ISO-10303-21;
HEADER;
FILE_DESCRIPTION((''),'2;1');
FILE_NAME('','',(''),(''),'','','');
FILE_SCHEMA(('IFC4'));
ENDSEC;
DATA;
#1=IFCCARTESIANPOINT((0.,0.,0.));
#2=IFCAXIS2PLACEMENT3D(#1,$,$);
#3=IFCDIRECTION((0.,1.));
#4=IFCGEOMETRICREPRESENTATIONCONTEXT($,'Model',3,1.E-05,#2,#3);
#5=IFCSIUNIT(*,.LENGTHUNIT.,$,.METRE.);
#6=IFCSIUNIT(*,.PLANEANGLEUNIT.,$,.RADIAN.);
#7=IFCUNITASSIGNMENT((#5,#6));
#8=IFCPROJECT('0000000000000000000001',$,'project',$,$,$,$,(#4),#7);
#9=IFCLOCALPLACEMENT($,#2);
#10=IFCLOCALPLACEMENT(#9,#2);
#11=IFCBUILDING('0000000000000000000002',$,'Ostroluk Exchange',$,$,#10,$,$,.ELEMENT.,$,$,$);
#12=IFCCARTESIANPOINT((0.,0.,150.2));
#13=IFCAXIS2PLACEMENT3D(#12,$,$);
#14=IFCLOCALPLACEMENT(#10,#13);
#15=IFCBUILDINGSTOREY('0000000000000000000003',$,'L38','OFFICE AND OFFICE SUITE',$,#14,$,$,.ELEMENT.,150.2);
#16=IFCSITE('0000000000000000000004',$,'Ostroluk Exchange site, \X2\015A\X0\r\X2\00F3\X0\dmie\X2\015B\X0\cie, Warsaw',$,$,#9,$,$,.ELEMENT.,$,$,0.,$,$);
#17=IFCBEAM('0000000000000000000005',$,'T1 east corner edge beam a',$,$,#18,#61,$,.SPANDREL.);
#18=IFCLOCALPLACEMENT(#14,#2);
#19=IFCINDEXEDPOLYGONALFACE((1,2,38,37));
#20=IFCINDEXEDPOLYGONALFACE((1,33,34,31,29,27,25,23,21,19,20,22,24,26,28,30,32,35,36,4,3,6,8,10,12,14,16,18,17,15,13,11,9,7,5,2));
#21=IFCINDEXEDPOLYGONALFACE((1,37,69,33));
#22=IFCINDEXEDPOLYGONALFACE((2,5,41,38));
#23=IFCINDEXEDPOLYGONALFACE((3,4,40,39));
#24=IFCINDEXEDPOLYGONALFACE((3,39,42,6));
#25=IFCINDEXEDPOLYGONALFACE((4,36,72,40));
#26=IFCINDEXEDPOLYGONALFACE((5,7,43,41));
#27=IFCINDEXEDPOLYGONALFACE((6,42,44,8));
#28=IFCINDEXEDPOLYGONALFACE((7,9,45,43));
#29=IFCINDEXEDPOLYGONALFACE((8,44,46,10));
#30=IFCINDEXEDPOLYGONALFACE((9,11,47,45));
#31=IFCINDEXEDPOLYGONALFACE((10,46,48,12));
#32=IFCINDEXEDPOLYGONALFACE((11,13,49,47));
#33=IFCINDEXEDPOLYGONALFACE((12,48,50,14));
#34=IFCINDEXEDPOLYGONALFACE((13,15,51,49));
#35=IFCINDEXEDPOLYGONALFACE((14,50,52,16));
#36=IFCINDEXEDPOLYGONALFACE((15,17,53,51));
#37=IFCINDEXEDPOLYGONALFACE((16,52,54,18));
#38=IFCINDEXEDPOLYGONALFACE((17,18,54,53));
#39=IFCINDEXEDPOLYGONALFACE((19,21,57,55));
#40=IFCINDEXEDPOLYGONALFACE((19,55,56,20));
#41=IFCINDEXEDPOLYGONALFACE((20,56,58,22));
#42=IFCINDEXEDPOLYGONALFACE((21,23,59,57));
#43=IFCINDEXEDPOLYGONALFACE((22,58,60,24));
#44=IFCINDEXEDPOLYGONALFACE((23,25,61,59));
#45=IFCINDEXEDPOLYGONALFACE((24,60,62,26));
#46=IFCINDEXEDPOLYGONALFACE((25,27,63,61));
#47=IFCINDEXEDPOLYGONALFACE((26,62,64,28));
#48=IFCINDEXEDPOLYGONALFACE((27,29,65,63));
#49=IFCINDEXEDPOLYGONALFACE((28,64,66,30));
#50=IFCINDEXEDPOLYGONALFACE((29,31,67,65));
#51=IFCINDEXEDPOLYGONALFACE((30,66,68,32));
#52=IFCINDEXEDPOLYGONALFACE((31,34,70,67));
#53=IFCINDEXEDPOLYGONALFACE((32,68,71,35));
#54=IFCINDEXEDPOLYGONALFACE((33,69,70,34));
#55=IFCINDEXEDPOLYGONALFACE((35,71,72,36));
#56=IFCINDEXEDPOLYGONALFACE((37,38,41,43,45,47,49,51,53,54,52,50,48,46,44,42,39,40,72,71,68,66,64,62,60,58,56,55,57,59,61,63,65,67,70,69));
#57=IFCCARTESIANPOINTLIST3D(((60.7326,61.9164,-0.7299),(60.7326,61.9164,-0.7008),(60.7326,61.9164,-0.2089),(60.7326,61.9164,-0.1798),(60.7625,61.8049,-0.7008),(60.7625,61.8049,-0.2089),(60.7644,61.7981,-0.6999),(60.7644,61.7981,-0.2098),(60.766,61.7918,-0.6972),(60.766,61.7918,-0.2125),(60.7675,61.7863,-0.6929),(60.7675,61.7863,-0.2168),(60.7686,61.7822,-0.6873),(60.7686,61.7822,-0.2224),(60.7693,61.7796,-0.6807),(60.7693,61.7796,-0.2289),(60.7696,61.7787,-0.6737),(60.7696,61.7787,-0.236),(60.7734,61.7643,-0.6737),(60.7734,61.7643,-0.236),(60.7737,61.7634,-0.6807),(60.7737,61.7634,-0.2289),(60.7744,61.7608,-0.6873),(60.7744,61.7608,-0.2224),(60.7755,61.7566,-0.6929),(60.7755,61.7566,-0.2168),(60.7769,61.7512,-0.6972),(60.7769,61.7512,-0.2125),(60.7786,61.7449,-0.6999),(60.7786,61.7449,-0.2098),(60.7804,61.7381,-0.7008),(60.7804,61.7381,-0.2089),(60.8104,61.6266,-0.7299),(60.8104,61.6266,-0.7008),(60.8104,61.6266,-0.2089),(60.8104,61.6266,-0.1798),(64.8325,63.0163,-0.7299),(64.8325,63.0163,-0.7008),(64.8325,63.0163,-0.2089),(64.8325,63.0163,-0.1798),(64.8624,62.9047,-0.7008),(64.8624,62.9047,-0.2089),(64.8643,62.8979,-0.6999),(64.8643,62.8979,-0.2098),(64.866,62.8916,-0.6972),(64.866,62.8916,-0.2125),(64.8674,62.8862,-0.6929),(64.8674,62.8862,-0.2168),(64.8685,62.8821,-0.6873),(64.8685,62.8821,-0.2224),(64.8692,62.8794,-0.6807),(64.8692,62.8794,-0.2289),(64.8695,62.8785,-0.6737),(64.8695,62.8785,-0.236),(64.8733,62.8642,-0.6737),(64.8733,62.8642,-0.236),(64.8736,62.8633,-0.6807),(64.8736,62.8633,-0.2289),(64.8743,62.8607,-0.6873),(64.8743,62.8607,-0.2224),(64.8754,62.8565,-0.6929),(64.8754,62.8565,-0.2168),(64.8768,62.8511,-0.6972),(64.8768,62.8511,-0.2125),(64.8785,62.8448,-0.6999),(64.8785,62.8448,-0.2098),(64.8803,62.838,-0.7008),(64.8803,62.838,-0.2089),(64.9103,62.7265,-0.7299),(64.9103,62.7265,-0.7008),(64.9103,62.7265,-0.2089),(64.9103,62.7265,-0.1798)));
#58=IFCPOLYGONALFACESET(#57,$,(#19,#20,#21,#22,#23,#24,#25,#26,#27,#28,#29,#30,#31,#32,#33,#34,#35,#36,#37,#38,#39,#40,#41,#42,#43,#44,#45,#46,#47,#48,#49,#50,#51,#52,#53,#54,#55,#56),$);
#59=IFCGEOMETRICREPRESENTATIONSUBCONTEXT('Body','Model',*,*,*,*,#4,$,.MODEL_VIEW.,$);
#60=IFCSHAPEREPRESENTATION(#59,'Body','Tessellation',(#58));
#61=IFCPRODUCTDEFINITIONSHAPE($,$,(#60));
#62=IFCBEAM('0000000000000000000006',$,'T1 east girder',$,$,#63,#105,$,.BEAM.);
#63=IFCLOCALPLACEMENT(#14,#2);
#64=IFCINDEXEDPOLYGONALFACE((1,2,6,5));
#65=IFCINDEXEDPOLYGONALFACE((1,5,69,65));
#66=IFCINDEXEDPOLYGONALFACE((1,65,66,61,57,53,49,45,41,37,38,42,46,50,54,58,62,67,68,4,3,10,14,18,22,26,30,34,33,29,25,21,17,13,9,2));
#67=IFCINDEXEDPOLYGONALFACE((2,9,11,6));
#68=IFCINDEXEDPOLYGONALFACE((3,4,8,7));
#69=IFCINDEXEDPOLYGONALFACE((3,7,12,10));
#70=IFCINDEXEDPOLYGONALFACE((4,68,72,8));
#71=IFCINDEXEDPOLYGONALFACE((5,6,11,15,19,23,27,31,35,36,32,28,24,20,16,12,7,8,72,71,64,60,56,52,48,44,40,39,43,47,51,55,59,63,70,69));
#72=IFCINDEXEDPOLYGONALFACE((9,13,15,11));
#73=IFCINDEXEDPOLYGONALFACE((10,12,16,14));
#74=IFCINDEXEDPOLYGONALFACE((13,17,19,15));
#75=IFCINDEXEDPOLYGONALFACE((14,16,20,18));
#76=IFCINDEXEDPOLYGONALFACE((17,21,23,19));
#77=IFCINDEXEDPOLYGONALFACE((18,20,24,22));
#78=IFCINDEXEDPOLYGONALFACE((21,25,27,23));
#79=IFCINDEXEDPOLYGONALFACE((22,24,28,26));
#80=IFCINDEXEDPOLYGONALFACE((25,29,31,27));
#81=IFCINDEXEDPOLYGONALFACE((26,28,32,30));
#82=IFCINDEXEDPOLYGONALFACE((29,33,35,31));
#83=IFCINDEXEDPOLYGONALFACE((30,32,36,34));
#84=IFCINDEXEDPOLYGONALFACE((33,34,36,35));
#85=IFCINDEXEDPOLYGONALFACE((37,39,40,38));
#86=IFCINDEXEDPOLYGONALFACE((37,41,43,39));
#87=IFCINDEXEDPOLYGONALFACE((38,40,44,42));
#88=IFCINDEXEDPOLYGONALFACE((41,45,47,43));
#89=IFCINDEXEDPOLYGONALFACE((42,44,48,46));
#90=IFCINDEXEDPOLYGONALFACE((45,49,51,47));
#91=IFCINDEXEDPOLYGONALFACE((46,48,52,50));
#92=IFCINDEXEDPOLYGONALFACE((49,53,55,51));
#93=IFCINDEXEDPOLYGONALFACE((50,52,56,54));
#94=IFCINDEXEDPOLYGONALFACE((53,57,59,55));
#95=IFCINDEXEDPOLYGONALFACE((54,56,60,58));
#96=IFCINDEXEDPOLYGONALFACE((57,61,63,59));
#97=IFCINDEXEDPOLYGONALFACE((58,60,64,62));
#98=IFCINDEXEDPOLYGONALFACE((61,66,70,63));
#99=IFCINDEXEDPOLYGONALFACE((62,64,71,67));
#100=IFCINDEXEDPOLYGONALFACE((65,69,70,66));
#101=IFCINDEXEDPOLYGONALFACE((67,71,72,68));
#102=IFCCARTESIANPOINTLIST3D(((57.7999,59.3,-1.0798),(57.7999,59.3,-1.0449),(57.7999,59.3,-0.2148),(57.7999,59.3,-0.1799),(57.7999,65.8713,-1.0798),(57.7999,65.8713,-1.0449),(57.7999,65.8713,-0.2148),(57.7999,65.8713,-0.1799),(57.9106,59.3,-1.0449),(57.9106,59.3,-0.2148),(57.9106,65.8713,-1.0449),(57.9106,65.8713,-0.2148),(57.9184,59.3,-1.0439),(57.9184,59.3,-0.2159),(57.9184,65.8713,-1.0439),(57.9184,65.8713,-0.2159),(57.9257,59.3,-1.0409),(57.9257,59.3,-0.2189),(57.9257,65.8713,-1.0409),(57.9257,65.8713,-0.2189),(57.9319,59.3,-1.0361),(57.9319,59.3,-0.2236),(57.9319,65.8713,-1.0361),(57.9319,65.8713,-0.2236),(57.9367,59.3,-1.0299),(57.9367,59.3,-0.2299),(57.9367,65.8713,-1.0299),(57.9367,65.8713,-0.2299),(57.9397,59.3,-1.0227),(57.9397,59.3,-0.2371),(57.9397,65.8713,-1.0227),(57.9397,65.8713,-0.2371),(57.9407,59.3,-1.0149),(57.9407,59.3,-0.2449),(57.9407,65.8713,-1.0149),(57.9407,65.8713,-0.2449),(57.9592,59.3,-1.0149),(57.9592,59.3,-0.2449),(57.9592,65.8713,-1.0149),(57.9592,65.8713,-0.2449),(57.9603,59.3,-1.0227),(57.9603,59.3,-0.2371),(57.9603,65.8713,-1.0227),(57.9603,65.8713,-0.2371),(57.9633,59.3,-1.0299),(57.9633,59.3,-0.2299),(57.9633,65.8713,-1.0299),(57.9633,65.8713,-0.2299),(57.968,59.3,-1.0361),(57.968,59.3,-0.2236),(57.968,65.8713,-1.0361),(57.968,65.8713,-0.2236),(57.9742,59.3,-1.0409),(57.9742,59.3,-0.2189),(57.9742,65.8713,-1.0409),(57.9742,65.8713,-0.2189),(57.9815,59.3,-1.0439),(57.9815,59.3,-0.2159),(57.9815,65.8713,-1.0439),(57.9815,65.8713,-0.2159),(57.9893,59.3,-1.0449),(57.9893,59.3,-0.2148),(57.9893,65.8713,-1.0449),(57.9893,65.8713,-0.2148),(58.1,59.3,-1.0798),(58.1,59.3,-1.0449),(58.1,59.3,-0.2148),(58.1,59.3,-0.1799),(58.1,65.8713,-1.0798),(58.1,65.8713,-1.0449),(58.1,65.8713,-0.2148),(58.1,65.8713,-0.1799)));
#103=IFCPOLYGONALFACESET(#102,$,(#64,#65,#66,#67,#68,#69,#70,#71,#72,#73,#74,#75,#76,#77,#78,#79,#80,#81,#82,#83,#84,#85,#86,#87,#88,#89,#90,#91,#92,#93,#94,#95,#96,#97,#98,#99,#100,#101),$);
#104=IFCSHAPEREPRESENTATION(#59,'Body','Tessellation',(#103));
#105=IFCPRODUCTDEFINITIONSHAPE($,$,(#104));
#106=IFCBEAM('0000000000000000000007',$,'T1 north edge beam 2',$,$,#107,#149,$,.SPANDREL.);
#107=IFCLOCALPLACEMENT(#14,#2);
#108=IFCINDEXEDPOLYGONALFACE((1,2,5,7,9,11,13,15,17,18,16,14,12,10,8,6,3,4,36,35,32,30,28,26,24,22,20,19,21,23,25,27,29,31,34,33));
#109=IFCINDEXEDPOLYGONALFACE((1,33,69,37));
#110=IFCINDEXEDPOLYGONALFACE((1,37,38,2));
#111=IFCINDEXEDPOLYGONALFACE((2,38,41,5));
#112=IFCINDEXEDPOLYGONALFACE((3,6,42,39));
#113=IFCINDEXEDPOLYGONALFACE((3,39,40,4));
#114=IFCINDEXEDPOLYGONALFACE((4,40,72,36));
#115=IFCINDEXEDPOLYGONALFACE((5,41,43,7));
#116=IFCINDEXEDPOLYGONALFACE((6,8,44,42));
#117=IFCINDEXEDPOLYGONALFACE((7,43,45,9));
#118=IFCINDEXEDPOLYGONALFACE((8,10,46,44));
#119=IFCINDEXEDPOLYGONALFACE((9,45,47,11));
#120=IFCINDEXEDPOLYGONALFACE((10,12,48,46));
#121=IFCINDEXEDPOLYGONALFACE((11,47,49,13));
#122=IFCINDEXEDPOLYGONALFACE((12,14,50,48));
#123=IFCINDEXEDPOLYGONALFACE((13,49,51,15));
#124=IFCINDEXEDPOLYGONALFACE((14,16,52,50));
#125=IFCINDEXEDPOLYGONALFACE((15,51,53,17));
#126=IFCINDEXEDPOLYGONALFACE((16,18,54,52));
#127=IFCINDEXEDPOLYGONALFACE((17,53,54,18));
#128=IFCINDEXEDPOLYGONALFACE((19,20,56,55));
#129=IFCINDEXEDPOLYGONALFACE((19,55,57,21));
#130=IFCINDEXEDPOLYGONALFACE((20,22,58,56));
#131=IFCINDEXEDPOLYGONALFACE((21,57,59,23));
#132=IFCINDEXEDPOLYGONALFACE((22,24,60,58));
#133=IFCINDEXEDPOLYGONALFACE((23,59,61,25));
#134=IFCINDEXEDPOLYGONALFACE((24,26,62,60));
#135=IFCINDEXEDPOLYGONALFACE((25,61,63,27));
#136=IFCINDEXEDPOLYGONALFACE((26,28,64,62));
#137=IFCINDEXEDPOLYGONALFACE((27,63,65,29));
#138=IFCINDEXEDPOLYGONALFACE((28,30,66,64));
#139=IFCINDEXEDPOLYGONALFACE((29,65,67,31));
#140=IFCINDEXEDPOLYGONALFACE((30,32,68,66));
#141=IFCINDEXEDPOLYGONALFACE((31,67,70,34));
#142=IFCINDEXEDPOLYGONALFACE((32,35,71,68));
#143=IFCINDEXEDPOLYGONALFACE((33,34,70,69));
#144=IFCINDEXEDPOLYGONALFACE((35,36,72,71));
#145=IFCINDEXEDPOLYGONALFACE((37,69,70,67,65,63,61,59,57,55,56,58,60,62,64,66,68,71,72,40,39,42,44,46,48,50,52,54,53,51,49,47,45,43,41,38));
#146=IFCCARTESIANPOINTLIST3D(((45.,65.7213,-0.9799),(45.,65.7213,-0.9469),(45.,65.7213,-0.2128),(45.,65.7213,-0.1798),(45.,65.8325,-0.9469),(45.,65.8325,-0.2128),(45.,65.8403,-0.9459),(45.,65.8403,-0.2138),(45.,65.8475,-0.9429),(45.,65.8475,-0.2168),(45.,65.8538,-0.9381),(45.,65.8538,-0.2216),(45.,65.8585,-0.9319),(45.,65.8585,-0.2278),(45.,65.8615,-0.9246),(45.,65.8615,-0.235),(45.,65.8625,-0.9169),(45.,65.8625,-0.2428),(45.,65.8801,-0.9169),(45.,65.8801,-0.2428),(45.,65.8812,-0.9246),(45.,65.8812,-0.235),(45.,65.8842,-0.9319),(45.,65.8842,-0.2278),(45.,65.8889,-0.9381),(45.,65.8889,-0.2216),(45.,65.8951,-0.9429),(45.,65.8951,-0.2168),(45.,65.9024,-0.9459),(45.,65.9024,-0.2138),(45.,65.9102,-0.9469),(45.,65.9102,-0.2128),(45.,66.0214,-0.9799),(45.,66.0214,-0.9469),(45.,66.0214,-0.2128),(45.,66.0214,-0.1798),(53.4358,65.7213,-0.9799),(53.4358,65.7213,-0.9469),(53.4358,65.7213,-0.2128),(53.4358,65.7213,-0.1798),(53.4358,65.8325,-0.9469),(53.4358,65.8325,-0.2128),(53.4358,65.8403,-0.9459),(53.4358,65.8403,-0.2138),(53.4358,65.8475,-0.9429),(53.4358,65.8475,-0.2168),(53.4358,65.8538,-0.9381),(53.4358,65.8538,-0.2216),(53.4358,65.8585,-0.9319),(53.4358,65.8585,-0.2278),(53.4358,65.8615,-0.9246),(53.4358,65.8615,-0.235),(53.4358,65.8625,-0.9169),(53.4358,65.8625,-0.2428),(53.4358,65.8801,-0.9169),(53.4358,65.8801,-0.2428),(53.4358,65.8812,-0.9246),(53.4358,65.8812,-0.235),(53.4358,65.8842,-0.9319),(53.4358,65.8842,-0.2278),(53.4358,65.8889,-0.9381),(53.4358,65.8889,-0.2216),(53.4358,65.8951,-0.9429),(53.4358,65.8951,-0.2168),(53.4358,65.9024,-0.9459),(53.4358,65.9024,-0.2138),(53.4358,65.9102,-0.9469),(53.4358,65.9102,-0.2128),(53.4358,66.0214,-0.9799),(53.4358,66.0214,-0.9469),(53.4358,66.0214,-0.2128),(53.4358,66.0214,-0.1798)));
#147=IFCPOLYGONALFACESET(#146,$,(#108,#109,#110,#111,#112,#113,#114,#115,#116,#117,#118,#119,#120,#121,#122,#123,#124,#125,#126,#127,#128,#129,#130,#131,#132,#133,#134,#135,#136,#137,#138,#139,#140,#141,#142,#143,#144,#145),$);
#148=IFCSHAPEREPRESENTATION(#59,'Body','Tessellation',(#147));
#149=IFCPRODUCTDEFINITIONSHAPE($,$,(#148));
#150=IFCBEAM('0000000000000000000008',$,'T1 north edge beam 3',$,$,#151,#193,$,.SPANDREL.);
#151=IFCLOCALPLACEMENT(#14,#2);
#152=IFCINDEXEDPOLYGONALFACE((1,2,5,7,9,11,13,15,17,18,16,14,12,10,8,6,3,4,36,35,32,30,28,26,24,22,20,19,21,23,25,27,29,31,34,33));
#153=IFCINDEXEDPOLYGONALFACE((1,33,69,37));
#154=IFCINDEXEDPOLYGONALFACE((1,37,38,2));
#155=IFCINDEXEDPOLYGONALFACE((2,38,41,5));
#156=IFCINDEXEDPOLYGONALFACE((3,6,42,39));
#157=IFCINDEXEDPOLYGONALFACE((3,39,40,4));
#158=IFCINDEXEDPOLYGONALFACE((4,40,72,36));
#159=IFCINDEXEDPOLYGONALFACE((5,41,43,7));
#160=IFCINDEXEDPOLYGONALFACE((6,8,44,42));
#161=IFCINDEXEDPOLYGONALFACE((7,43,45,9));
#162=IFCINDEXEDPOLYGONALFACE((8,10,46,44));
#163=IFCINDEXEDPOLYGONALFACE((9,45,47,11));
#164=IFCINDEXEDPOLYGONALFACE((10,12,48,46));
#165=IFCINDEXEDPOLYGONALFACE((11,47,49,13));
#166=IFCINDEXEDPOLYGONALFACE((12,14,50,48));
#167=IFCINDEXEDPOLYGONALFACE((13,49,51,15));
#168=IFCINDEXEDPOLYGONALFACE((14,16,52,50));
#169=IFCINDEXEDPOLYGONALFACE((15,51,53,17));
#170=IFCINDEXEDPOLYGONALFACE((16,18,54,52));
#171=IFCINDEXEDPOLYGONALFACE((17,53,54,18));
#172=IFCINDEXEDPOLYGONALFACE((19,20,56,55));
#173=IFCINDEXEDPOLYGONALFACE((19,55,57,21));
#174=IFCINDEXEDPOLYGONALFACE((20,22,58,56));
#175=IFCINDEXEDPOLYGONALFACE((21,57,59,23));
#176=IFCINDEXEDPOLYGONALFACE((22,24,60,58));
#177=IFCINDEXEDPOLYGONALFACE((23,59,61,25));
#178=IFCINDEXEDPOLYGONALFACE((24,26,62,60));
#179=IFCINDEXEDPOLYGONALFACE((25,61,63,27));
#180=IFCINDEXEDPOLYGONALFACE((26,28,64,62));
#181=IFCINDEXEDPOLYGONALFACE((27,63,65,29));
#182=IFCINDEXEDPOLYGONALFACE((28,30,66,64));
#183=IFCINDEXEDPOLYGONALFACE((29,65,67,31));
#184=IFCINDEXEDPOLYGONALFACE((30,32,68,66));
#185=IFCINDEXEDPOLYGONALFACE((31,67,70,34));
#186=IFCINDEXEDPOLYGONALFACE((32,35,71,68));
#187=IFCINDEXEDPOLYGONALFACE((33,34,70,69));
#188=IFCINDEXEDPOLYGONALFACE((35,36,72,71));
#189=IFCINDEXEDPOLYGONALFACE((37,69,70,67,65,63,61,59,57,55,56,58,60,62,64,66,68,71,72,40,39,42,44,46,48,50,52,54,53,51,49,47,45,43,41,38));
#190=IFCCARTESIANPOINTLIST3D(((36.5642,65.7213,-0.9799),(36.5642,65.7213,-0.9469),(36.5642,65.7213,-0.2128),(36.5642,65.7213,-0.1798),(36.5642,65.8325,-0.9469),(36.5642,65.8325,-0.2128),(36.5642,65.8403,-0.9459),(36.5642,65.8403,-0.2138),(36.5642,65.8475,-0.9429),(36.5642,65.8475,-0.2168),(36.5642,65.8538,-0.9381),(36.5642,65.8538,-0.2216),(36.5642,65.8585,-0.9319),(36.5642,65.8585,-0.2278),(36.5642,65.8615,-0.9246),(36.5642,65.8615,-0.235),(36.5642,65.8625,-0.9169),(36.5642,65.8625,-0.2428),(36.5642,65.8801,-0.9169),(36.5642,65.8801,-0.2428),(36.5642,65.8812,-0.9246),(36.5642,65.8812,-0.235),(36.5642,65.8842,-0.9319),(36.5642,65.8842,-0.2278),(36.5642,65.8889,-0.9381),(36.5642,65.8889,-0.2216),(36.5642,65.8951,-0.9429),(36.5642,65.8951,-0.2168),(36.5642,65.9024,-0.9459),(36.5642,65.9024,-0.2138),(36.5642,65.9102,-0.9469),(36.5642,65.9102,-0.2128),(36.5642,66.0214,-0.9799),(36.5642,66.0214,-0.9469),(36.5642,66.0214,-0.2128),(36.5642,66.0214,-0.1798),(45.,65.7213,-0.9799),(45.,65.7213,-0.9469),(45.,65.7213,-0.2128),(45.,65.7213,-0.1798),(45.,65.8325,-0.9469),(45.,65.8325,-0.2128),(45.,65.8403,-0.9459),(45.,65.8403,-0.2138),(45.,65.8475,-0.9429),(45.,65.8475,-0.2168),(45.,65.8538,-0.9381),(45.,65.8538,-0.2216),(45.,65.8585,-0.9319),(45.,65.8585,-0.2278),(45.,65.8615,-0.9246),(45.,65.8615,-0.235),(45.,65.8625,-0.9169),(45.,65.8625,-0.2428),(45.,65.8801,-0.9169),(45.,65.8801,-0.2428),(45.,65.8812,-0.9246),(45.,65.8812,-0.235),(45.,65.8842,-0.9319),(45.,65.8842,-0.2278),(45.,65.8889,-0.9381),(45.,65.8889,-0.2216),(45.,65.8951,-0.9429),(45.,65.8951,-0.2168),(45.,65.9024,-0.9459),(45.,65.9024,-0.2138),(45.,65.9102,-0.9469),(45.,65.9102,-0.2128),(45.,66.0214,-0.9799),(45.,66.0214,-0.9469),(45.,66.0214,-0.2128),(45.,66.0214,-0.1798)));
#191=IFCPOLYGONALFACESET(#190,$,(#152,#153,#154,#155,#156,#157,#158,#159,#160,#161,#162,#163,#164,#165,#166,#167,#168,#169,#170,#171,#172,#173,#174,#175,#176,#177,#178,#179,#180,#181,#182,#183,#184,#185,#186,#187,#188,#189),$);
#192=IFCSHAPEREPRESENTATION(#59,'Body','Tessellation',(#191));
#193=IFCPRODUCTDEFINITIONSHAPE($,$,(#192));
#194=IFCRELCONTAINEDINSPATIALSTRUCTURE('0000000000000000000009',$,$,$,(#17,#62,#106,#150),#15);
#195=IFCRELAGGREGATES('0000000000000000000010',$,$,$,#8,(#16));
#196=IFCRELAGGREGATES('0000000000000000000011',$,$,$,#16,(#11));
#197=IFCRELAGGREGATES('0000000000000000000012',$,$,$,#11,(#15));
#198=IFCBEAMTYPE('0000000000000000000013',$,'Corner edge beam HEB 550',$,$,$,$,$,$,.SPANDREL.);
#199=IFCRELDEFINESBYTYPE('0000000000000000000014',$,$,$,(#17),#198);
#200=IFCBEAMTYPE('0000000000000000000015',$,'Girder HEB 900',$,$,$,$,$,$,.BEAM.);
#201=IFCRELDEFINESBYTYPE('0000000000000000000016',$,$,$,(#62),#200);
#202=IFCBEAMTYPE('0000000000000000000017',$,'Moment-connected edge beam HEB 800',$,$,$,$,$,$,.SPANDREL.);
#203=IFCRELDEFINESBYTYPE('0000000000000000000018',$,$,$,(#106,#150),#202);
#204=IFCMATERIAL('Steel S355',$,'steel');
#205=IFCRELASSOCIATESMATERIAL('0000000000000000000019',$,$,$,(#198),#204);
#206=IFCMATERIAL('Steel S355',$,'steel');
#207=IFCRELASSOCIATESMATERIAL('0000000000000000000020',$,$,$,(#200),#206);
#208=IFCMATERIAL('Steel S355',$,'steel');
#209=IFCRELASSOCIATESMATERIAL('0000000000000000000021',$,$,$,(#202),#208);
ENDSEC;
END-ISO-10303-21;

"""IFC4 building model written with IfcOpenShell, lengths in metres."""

from ifc_helpers import new_model, si_unit, direction, frame, origin, origin_2d, place, context, subcontext, project, spatial, i_section, extrude, material, material_profile, profile_set, type_object, element, save


model = new_model("IFC4")

# Units and contexts
model_context = context("Model", 3, precision=1e-05, world=origin(), true_north=direction((0.0, 1.0)))
body_context = subcontext(model_context, "Body", "Model", "MODEL_VIEW")
ifc_project = project(units=[si_unit("LENGTHUNIT", "METRE"), si_unit("PLANEANGLEUNIT", "RADIAN")], contexts=[model_context])

# Site, building, storey
site_placement = place(None, origin())
site = spatial("IfcSite", under=ifc_project, at=site_placement, Name="Ostroluk Exchange site, Śródmieście, Warsaw", CompositionType="ELEMENT", RefElevation=0.0)
building_placement = place(site_placement, origin())
building = spatial("IfcBuilding", under=site, at=building_placement, Name="Ostroluk Exchange", CompositionType="ELEMENT")
storey_placement = place(building_placement, frame((0.0, 0.0, 150.2)))
storey = spatial("IfcBuildingStorey", under=building, at=storey_placement, Name="L38", Description="OFFICE AND OFFICE SUITE", CompositionType="ELEMENT", Elevation=150.2)

# Beams
ifc_material_1 = material(Name="Steel S355", Category="steel")
ifc_material_profile_1 = material_profile(ifc_material_1, i_section(OverallWidth=0.3, OverallDepth=0.55, WebThickness=0.0149, FlangeThickness=0.0291, FilletRadius=0.0271, at=origin_2d()), Name="HEB 550")
ifc_profile_set_1 = profile_set([ifc_material_profile_1], Name="Steel S355")
beam_type_1 = type_object("IfcBeamType", Name="Corner edge beam HEB 550", PredefinedType="SPANDREL", material=ifc_profile_set_1)
beam_1_placement = place(storey_placement, frame((60.7715, 61.7715, -0.4548), z_axis=(0.965849, 0.259105, 0.0), x_axis=(-0.259105, 0.965849, 0.0)))
element("IfcBeam", 1, at=beam_1_placement, inside=storey, type_object=beam_type_1, Name="T1 east corner edge beam a", PredefinedType="SPANDREL", context=body_context, shape_type="SweptSolid", body=[
    extrude(i_section(OverallWidth=0.3, OverallDepth=0.55, WebThickness=0.0149, FlangeThickness=0.0291, FilletRadius=0.0271, at=origin_2d()), origin(), (0.0, 0.0, 1.0), 4.2449),
])
ifc_material_2 = material(Name="Steel S355", Category="steel")
ifc_material_profile_2 = material_profile(ifc_material_2, i_section(OverallWidth=0.3, OverallDepth=0.8999, WebThickness=0.0186, FlangeThickness=0.0349, FilletRadius=0.03, at=origin_2d()), Name="HEB 900")
ifc_profile_set_2 = profile_set([ifc_material_profile_2], Name="Steel S355")
beam_type_2 = type_object("IfcBeamType", Name="Girder HEB 900", PredefinedType="BEAM", material=ifc_profile_set_2)
beam_2_placement = place(storey_placement, frame((57.95, 59.3, -0.6299), z_axis=(0.0, 1.0, 0.0), x_axis=(-1.0, 0.0, 0.0)))
element("IfcBeam", 2, at=beam_2_placement, inside=storey, type_object=beam_type_2, Name="T1 east girder", PredefinedType="BEAM", context=body_context, shape_type="SweptSolid", body=[
    extrude(i_section(OverallWidth=0.3, OverallDepth=0.8999, WebThickness=0.0186, FlangeThickness=0.0349, FilletRadius=0.03, at=origin_2d()), origin(), (0.0, 0.0, 1.0), 6.5713),
])
ifc_material_3 = material(Name="Steel S355", Category="steel")
ifc_material_profile_3 = material_profile(ifc_material_3, i_section(OverallWidth=0.3, OverallDepth=0.8, WebThickness=0.0176, FlangeThickness=0.033, FilletRadius=0.03, at=origin_2d()), Name="HEB 800")
ifc_profile_set_3 = profile_set([ifc_material_profile_3], Name="Steel S355")
beam_type_3 = type_object("IfcBeamType", Name="Moment-connected edge beam HEB 800", PredefinedType="SPANDREL", material=ifc_profile_set_3)
for number, where, z_axis, x_axis, name in (
    (3, (53.4358, 65.8713, -0.5798), (-1.0, 0.0, 0.0), (0.0, -1.0, 0.0), "T1 north edge beam 2"),
    (4, (45.0, 65.8713, -0.5798), (-1.0, 0.0, 0.0), (0.0, -1.0, 0.0), "T1 north edge beam 3"),
):
    element("IfcBeam", number, at=place(storey_placement, frame(where, z_axis=z_axis, x_axis=x_axis)), inside=storey, type_object=beam_type_3, Name=name, PredefinedType="SPANDREL", context=body_context, shape_type="SweptSolid", body=[
        extrude(i_section(OverallWidth=0.3, OverallDepth=0.8, WebThickness=0.0176, FlangeThickness=0.033, FilletRadius=0.03, at=origin_2d()), origin(), (0.0, 0.0, 1.0), 8.4358),
    ])

save(model, "model.ifc")
